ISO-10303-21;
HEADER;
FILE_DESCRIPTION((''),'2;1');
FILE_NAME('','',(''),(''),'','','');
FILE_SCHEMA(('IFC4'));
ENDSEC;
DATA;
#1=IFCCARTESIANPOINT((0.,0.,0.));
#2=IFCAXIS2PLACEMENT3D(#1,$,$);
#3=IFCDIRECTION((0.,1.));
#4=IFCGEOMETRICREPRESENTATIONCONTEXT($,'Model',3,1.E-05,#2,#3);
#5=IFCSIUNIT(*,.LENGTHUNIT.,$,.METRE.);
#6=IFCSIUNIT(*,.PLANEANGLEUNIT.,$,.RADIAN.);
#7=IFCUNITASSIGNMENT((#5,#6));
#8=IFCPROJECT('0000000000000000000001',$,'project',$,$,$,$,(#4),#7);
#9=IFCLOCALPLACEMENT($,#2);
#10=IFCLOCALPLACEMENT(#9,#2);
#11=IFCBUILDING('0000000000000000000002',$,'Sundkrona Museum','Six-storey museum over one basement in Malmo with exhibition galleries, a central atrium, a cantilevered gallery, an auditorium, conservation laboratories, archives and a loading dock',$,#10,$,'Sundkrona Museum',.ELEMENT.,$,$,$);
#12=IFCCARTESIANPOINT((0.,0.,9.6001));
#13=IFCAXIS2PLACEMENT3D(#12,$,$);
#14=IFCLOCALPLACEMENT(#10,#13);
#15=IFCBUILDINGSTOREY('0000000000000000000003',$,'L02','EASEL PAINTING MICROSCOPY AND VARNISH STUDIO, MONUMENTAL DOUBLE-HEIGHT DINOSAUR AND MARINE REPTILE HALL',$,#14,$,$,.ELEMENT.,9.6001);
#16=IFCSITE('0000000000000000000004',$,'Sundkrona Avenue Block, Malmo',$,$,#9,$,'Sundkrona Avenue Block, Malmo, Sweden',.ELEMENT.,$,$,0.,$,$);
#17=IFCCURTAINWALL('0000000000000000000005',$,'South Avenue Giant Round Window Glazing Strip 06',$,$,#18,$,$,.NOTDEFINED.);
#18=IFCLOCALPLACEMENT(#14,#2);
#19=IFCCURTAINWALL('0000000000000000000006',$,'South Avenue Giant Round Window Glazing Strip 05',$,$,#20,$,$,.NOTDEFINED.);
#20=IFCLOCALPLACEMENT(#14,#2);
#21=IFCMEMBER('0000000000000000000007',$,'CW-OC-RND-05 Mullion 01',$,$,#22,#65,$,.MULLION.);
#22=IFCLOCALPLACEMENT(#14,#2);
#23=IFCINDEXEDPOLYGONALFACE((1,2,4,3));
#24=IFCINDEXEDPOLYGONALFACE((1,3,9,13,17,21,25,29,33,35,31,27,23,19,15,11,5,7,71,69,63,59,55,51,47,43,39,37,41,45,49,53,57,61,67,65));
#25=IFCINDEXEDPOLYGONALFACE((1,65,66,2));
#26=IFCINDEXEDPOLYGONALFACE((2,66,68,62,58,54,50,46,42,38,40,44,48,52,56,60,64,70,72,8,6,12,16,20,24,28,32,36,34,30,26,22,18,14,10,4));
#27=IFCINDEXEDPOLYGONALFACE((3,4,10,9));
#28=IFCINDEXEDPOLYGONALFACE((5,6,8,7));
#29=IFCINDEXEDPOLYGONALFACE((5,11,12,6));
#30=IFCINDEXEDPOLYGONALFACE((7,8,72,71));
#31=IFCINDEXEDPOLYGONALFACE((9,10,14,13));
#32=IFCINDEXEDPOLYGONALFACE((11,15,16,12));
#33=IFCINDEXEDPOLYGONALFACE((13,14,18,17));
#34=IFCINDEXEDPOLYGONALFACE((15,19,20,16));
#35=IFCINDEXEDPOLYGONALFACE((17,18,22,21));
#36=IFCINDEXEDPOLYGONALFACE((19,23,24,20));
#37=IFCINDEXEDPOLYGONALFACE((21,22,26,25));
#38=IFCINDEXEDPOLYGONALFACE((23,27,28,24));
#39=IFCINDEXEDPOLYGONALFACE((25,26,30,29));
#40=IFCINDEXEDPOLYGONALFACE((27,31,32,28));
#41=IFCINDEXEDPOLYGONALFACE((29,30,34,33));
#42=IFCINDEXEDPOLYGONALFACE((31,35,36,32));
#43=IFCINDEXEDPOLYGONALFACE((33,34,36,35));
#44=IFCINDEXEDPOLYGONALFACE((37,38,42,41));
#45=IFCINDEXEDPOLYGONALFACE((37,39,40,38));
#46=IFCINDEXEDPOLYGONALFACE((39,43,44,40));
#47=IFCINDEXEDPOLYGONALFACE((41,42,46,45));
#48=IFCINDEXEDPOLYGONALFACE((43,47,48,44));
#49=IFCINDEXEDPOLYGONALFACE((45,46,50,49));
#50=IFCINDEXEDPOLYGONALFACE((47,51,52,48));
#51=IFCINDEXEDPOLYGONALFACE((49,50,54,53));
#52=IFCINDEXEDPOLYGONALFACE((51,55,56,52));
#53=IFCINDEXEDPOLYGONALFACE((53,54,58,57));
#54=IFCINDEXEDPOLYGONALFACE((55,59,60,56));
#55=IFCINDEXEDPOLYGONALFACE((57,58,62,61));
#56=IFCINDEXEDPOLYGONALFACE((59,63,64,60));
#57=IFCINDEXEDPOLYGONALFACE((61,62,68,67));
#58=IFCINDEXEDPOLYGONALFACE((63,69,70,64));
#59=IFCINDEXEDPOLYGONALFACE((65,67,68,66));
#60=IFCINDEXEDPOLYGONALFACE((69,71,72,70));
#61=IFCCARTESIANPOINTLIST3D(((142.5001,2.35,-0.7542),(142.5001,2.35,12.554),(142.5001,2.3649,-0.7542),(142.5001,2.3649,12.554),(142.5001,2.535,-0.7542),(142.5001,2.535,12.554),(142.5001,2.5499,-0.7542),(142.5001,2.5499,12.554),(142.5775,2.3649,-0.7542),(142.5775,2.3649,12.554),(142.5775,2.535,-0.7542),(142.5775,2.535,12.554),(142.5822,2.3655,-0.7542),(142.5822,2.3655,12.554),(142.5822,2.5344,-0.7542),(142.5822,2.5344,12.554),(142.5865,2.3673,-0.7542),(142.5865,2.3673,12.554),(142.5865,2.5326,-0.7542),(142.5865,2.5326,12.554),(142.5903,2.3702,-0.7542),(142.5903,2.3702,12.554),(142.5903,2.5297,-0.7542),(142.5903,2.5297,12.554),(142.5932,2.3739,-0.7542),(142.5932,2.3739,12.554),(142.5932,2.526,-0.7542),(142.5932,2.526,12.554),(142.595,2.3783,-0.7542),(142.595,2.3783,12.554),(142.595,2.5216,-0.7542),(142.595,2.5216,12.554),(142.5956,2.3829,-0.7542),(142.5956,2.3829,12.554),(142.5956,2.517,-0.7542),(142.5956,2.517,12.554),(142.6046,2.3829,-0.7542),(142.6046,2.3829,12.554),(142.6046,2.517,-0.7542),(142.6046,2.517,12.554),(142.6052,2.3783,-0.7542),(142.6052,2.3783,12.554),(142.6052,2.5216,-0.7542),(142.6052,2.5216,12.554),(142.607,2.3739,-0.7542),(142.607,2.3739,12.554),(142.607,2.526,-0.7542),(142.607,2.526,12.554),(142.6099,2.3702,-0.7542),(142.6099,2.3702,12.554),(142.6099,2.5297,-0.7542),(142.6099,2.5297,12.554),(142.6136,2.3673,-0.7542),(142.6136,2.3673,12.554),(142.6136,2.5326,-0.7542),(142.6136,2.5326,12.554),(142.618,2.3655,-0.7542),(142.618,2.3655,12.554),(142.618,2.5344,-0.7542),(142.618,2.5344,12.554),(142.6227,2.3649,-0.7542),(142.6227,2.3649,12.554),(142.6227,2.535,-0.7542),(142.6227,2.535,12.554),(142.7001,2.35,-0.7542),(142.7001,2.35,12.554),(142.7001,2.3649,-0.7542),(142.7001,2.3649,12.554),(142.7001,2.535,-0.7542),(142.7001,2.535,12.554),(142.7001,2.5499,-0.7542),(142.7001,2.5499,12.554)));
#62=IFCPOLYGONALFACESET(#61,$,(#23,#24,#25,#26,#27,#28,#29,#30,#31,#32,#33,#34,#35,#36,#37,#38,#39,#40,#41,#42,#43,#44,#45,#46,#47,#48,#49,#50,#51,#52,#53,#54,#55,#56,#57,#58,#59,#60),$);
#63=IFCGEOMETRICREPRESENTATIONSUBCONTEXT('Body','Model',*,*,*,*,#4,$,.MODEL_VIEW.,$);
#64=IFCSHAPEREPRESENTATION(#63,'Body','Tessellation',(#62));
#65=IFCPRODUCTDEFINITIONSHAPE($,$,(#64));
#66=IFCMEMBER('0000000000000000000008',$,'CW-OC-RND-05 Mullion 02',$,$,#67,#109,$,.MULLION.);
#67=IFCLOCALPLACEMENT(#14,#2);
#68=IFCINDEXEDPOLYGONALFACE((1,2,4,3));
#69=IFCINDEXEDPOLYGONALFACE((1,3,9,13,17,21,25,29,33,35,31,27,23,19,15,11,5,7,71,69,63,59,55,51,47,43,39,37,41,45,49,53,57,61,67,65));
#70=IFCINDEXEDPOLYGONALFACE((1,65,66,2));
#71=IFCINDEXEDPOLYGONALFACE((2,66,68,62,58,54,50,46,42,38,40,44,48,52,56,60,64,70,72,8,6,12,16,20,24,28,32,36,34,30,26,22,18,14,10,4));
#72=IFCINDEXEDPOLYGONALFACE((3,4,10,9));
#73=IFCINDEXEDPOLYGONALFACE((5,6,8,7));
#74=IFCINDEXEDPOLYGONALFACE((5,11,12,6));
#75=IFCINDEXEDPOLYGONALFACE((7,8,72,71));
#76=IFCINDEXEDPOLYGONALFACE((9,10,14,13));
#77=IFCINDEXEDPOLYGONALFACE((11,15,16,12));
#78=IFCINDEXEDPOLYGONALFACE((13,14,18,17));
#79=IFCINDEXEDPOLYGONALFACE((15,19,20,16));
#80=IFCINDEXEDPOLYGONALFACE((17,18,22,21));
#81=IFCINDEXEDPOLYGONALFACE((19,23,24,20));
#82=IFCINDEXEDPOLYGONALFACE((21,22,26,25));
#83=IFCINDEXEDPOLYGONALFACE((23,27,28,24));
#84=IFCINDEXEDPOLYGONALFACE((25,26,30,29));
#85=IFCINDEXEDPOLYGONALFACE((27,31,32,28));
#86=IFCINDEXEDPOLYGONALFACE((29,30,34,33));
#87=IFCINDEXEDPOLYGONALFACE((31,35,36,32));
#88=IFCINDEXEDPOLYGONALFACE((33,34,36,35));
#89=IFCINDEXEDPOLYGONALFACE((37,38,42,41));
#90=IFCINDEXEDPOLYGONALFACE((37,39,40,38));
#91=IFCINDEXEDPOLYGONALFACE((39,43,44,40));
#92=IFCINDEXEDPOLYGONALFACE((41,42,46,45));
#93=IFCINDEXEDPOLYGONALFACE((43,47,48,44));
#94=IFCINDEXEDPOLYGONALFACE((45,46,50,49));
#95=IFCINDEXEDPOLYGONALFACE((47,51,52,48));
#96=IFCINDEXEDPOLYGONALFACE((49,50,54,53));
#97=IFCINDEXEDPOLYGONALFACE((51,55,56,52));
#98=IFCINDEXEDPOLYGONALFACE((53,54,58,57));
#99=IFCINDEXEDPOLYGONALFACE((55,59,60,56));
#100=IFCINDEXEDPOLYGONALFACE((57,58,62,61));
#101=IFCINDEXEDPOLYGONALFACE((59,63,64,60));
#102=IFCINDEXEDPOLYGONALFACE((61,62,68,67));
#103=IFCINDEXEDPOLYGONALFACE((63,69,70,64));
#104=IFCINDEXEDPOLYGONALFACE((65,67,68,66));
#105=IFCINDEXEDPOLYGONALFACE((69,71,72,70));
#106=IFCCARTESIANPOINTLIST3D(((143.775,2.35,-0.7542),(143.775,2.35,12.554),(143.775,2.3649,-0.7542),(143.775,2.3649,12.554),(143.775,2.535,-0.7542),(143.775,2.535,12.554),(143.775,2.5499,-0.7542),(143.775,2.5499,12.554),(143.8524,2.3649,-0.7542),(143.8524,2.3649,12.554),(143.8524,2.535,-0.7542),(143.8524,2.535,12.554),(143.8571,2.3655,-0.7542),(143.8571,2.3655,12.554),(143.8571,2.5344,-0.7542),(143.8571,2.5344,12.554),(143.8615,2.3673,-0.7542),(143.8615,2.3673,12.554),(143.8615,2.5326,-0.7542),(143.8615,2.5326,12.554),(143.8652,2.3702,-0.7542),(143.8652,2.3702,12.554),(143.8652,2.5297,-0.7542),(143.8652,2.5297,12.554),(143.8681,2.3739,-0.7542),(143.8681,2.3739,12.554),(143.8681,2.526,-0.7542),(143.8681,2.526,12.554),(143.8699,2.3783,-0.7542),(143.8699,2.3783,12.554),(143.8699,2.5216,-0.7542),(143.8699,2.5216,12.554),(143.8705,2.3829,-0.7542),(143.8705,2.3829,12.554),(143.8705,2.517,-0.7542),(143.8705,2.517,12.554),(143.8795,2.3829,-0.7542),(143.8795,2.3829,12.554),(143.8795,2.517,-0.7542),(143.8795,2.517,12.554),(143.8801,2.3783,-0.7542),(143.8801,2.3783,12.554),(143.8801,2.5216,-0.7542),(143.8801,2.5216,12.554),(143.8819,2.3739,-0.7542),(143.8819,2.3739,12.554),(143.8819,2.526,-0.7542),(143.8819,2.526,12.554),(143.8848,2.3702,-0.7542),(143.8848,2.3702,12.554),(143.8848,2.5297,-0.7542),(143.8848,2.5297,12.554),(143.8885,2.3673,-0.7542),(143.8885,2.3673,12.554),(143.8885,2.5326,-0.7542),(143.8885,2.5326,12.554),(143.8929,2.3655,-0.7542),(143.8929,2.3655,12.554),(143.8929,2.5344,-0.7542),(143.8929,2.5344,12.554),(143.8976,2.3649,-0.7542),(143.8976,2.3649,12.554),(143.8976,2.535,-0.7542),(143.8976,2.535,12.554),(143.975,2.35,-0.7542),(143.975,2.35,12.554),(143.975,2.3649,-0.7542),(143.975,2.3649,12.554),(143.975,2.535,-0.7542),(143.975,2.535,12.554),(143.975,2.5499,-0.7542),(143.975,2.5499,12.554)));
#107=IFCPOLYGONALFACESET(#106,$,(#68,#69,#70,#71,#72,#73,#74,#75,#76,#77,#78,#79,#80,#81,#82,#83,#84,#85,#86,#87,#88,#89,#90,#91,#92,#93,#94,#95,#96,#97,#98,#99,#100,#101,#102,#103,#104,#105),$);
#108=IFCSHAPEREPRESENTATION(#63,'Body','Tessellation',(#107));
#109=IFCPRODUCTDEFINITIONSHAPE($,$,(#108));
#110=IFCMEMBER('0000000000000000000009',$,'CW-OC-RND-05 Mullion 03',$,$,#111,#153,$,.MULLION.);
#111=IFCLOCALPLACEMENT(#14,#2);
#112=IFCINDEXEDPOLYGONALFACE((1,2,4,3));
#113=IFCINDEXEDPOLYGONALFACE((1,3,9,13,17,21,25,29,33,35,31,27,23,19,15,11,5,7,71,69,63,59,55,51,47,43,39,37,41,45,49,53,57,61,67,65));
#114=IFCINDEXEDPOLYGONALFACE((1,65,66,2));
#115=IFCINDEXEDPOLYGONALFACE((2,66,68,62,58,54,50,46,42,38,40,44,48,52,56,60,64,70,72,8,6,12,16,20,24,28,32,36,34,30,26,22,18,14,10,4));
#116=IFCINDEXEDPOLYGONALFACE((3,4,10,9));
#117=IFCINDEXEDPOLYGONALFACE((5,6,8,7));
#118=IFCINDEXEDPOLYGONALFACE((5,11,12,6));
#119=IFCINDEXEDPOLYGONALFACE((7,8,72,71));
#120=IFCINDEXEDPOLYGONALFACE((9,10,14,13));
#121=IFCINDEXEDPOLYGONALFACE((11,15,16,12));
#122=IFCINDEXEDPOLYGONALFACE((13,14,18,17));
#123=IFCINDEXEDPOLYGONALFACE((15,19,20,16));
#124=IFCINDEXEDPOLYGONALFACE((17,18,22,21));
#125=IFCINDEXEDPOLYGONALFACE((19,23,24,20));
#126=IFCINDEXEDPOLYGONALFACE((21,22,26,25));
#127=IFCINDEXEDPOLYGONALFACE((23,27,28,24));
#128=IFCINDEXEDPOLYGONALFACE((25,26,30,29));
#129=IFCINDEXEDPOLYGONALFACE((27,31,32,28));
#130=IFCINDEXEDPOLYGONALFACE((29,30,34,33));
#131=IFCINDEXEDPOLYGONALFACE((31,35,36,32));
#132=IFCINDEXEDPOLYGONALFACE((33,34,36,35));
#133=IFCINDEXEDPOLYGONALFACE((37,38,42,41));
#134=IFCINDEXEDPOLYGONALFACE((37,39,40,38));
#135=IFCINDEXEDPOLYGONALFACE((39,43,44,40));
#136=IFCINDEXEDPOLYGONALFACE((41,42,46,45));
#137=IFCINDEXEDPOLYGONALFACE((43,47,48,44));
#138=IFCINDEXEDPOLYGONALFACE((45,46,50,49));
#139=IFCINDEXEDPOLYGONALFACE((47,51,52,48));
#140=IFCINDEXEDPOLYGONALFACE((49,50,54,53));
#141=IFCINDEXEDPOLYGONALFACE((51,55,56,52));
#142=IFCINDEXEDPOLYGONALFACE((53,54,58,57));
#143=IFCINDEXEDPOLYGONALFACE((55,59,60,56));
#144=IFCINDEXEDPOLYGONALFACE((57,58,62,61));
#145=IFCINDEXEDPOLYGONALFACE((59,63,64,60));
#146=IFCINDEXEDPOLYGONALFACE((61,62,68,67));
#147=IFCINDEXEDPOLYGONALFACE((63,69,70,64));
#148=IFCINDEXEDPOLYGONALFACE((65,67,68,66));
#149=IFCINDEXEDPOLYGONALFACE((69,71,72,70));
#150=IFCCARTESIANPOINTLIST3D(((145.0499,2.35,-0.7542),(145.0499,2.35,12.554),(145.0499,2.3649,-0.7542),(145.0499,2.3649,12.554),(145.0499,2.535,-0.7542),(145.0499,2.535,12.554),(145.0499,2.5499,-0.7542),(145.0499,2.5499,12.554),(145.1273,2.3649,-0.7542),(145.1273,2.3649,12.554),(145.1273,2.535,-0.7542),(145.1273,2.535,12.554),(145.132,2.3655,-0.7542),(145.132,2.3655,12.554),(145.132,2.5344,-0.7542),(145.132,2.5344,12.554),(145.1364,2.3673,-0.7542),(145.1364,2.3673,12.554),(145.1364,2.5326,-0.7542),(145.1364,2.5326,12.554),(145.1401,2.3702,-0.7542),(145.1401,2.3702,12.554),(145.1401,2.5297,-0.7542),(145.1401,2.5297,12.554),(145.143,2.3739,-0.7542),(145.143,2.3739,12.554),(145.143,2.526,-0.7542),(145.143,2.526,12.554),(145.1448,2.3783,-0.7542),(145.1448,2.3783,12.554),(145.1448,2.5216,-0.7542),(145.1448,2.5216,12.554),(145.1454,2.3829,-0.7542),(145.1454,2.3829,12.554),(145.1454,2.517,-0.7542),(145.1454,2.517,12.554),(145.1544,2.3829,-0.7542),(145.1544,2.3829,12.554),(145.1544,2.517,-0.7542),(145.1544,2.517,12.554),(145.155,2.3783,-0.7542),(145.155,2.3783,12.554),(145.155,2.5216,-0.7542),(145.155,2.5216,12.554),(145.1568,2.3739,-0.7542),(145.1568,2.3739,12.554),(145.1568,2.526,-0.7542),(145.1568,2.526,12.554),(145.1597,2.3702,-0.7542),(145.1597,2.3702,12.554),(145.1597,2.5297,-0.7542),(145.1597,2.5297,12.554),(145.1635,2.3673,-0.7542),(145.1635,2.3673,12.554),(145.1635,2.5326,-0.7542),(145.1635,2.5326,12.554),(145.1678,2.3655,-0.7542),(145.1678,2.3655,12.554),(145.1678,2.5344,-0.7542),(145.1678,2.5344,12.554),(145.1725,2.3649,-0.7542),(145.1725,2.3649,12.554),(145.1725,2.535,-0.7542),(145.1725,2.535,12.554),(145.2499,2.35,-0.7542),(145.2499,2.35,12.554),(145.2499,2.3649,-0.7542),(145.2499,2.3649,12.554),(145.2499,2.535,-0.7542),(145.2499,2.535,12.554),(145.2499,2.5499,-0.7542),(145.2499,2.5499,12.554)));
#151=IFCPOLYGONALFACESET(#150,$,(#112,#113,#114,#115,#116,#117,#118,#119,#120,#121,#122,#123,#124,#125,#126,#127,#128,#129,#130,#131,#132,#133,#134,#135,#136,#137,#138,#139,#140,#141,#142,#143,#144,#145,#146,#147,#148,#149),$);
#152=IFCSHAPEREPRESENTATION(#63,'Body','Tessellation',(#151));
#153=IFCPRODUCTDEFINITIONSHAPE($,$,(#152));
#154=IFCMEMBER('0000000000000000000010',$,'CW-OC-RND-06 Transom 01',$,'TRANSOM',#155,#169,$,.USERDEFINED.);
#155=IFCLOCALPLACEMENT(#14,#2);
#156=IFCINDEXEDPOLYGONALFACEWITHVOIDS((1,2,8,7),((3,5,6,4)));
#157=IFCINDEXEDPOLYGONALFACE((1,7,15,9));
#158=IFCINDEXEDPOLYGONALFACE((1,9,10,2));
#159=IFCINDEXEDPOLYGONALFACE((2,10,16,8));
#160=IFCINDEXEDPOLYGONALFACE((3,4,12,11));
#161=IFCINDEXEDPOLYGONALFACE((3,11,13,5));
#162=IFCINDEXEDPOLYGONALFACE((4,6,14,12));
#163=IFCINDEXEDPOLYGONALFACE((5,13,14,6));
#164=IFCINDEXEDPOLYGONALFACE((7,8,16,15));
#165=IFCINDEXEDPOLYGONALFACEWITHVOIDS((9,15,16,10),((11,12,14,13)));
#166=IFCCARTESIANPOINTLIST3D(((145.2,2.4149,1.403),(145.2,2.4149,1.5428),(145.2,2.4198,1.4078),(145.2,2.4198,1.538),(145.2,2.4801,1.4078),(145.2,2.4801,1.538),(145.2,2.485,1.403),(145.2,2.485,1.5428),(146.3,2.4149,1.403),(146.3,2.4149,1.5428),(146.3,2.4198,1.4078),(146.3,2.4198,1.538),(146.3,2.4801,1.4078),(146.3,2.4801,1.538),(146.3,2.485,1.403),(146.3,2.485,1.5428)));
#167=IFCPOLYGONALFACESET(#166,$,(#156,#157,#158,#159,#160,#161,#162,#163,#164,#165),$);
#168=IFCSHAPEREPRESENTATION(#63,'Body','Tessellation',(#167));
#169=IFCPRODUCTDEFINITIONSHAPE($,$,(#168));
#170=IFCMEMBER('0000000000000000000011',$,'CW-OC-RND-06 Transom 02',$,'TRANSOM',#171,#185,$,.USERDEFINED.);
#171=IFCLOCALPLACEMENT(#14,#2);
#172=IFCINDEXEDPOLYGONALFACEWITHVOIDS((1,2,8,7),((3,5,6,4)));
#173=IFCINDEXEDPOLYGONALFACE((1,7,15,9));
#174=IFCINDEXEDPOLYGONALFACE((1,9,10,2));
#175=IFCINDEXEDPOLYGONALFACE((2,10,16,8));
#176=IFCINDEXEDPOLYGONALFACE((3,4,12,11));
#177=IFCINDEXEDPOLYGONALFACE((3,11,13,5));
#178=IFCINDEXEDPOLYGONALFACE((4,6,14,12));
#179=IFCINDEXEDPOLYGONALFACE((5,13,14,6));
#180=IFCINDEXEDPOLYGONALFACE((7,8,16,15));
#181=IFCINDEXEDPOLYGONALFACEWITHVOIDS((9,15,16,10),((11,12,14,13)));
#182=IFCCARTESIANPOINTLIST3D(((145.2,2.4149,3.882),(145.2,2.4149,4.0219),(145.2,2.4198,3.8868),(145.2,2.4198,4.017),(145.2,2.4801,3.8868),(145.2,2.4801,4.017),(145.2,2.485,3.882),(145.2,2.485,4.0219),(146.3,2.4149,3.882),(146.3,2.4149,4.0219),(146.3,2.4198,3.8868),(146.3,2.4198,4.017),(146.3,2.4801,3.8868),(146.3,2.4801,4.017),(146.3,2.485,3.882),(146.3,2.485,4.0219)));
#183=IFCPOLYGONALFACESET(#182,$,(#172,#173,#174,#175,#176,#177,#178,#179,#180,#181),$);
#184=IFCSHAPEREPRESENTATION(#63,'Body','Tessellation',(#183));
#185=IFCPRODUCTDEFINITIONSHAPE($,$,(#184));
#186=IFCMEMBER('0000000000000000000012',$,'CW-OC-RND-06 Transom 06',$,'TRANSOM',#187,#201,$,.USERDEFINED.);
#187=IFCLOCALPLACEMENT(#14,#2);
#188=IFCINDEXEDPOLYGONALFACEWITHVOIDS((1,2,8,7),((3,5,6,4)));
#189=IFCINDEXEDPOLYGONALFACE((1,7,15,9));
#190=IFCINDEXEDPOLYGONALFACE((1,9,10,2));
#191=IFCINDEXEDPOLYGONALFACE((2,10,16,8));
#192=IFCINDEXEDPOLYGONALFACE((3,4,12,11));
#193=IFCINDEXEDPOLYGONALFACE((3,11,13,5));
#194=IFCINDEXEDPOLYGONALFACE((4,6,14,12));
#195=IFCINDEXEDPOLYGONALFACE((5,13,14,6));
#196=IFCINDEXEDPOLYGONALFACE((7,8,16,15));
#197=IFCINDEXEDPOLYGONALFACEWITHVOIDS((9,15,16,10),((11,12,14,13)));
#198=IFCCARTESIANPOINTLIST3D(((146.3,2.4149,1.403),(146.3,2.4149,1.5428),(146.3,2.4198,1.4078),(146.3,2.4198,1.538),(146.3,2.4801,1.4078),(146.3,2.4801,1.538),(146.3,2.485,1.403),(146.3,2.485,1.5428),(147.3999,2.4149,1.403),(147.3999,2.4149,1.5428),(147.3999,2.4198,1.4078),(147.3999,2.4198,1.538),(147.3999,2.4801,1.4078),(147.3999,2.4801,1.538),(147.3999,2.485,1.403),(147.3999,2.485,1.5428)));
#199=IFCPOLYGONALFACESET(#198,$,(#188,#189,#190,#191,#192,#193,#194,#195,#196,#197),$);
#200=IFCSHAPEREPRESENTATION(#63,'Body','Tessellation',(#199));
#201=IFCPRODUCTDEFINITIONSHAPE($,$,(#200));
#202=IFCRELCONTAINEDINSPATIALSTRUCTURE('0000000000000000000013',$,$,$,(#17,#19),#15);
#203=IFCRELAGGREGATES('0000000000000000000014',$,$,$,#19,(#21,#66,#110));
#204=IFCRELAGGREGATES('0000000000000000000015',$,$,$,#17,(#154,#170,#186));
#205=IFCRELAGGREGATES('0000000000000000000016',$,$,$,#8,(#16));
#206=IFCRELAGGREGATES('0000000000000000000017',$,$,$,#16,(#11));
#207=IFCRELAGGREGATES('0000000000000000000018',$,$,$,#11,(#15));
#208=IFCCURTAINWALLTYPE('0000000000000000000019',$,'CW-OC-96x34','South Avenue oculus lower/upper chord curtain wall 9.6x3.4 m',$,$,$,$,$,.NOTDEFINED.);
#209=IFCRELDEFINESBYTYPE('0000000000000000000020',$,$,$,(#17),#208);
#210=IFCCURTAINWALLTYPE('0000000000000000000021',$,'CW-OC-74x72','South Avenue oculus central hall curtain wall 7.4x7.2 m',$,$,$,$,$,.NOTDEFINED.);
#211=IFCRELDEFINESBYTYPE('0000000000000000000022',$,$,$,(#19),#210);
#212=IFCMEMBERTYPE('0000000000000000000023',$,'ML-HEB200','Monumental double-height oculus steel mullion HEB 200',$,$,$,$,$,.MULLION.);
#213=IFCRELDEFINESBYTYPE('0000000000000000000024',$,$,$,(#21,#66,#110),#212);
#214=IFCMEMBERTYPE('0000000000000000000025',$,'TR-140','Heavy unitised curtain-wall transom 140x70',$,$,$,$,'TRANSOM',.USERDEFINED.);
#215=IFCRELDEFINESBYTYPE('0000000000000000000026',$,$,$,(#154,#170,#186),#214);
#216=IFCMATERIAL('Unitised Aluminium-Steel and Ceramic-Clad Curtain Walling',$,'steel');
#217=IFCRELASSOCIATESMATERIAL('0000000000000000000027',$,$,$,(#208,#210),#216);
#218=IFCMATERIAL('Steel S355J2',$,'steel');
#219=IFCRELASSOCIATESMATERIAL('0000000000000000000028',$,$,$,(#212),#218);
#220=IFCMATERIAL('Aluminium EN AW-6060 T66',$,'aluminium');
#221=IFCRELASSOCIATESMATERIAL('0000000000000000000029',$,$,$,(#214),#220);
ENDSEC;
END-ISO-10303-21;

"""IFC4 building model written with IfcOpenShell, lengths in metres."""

from ifc_helpers import new_model, si_unit, direction, frame, origin, origin_2d, place, context, subcontext, project, spatial, hollow_rectangle, i_section, extrude, material, material_profile, profile_set, type_object, element, aggregate, save


model = new_model("IFC4")

# Units and contexts
model_context = context("Model", 3, precision=1e-05, world=origin(), true_north=direction((0.0, 1.0)))
body_context = subcontext(model_context, "Body", "Model", "MODEL_VIEW")
ifc_project = project(units=[si_unit("LENGTHUNIT", "METRE"), si_unit("PLANEANGLEUNIT", "RADIAN")], contexts=[model_context])

# Site, building, storey
site_placement = place(None, origin())
site = spatial("IfcSite", under=ifc_project, at=site_placement, Name="Sundkrona Avenue Block, Malmo", LongName="Sundkrona Avenue Block, Malmo, Sweden", CompositionType="ELEMENT", RefElevation=0.0)
building_placement = place(site_placement, origin())
building = spatial("IfcBuilding", under=site, at=building_placement, Name="Sundkrona Museum", Description="Six-storey museum over one basement in Malmo with exhibition galleries, a central atrium, a cantilevered gallery, an auditorium, conservation laboratories, archives and a loading dock", LongName="Sundkrona Museum", CompositionType="ELEMENT")
storey_placement = place(building_placement, frame((0.0, 0.0, 9.6001)))
storey = spatial("IfcBuildingStorey", under=building, at=storey_placement, Name="L02", Description="EASEL PAINTING MICROSCOPY AND VARNISH STUDIO, MONUMENTAL DOUBLE-HEIGHT DINOSAUR AND MARINE REPTILE HALL", CompositionType="ELEMENT", Elevation=9.6001)

# Shared definitions
ifc_material_1 = material(Name="Steel S355J2", Category="steel")

# Curtain wall
ifc_material_2 = material(Name="Unitised Aluminium-Steel and Ceramic-Clad Curtain Walling", Category="steel")
curtain_wall_type_1 = type_object("IfcCurtainWallType", Name="CW-OC-96x34", Description="South Avenue oculus lower/upper chord curtain wall 9.6x3.4 m", PredefinedType="NOTDEFINED", material=ifc_material_2)
curtain_wall_1_placement = place(storey_placement, origin())
curtain_wall_1 = element("IfcCurtainWall", 1, at=curtain_wall_1_placement, inside=storey, type_object=curtain_wall_type_1, Name="South Avenue Giant Round Window Glazing Strip 06", PredefinedType="NOTDEFINED")
ifc_material_3 = material(Name="Aluminium EN AW-6060 T66", Category="aluminium")

# Shared definitions
curtain_wall_type_2 = type_object("IfcCurtainWallType", Name="CW-OC-74x72", Description="South Avenue oculus central hall curtain wall 7.4x7.2 m", PredefinedType="NOTDEFINED", material=ifc_material_2)
ifc_material_profile_1 = material_profile(ifc_material_1, i_section(OverallWidth=0.2, OverallDepth=0.2, WebThickness=0.009, FlangeThickness=0.0149, FilletRadius=0.0181, at=origin_2d()), Name="HEB 200")
ifc_profile_set_1 = profile_set([ifc_material_profile_1], Name="Steel S355J2")
member_type_1 = type_object("IfcMemberType", Name="ML-HEB200", Description="Monumental double-height oculus steel mullion HEB 200", PredefinedType="MULLION", material=ifc_profile_set_1)

# Curtain wall, members
curtain_wall_2_placement = place(storey_placement, origin())
curtain_wall_2 = element("IfcCurtainWall", 2, at=curtain_wall_2_placement, inside=storey, type_object=curtain_wall_type_2, Name="South Avenue Giant Round Window Glazing Strip 05", PredefinedType="NOTDEFINED")
member_1_placement = place(storey_placement, frame((142.6001, 2.45, -0.7542), z_axis=(0.0, 0.0, 1.0), x_axis=(1.0, 0.0, 0.0)))
member_1 = element("IfcMember", 3, at=member_1_placement, type_object=member_type_1, Name="CW-OC-RND-05 Mullion 01", PredefinedType="MULLION", context=body_context, shape_type="SweptSolid", body=[
    extrude(i_section(OverallWidth=0.2, OverallDepth=0.2, WebThickness=0.009, FlangeThickness=0.0149, FilletRadius=0.0181, at=origin_2d()), origin(), (0.0, 0.0, 1.0), 13.3081),
])
member_2_placement = place(storey_placement, frame((143.875, 2.45, -0.7542), z_axis=(0.0, 0.0, 1.0), x_axis=(1.0, 0.0, 0.0)))
member_2 = element("IfcMember", 4, at=member_2_placement, type_object=member_type_1, Name="CW-OC-RND-05 Mullion 02", PredefinedType="MULLION", context=body_context, shape_type="SweptSolid", body=[
    extrude(i_section(OverallWidth=0.2, OverallDepth=0.2, WebThickness=0.009, FlangeThickness=0.0149, FilletRadius=0.0181, at=origin_2d()), origin(), (0.0, 0.0, 1.0), 13.3081),
])
member_3_placement = place(storey_placement, frame((145.1499, 2.45, -0.7542), z_axis=(0.0, 0.0, 1.0), x_axis=(1.0, 0.0, 0.0)))
member_3 = element("IfcMember", 5, at=member_3_placement, type_object=member_type_1, Name="CW-OC-RND-05 Mullion 03", PredefinedType="MULLION", context=body_context, shape_type="SweptSolid", body=[
    extrude(i_section(OverallWidth=0.2, OverallDepth=0.2, WebThickness=0.009, FlangeThickness=0.0149, FilletRadius=0.0181, at=origin_2d()), origin(), (0.0, 0.0, 1.0), 13.3081),
])

# Members
ifc_material_profile_2 = material_profile(ifc_material_3, hollow_rectangle(XDim=0.0701, YDim=0.1399, WallThickness=0.0049, at=origin_2d()), Name="RHS 140x70x5.0")
ifc_profile_set_2 = profile_set([ifc_material_profile_2], Name="Aluminium EN AW-6060 T66")
member_type_2 = type_object("IfcMemberType", Name="TR-140", Description="Heavy unitised curtain-wall transom 140x70", ElementType="TRANSOM", PredefinedType="USERDEFINED", material=ifc_profile_set_2)
member_4_placement = place(storey_placement, frame((145.2, 2.45, 1.4729), z_axis=(1.0, 0.0, 0.0), x_axis=(0.0, 1.0, 0.0)))
member_4 = element("IfcMember", 6, at=member_4_placement, type_object=member_type_2, Name="CW-OC-RND-06 Transom 01", ObjectType="TRANSOM", PredefinedType="USERDEFINED", context=body_context, shape_type="SweptSolid", body=[
    extrude(hollow_rectangle(XDim=0.0701, YDim=0.1399, WallThickness=0.0049, at=origin_2d()), origin(), (0.0, 0.0, 1.0), 1.1001),
])
member_5_placement = place(storey_placement, frame((145.2, 2.45, 3.9519), z_axis=(1.0, 0.0, 0.0), x_axis=(0.0, 1.0, 0.0)))
member_5 = element("IfcMember", 7, at=member_5_placement, type_object=member_type_2, Name="CW-OC-RND-06 Transom 02", ObjectType="TRANSOM", PredefinedType="USERDEFINED", context=body_context, shape_type="SweptSolid", body=[
    extrude(hollow_rectangle(XDim=0.0701, YDim=0.1399, WallThickness=0.0049, at=origin_2d()), origin(), (0.0, 0.0, 1.0), 1.1001),
])
member_6_placement = place(storey_placement, frame((146.3, 2.45, 1.4729), z_axis=(1.0, 0.0, 0.0), x_axis=(0.0, 1.0, 0.0)))
member_6 = element("IfcMember", 8, at=member_6_placement, type_object=member_type_2, Name="CW-OC-RND-06 Transom 06", ObjectType="TRANSOM", PredefinedType="USERDEFINED", context=body_context, shape_type="SweptSolid", body=[
    extrude(hollow_rectangle(XDim=0.0701, YDim=0.1399, WallThickness=0.0049, at=origin_2d()), origin(), (0.0, 0.0, 1.0), 1.0999),
])

aggregate(curtain_wall_2, [member_1, member_2, member_3])
aggregate(curtain_wall_1, [member_4, member_5, member_6])

save(model, "model.ifc")
